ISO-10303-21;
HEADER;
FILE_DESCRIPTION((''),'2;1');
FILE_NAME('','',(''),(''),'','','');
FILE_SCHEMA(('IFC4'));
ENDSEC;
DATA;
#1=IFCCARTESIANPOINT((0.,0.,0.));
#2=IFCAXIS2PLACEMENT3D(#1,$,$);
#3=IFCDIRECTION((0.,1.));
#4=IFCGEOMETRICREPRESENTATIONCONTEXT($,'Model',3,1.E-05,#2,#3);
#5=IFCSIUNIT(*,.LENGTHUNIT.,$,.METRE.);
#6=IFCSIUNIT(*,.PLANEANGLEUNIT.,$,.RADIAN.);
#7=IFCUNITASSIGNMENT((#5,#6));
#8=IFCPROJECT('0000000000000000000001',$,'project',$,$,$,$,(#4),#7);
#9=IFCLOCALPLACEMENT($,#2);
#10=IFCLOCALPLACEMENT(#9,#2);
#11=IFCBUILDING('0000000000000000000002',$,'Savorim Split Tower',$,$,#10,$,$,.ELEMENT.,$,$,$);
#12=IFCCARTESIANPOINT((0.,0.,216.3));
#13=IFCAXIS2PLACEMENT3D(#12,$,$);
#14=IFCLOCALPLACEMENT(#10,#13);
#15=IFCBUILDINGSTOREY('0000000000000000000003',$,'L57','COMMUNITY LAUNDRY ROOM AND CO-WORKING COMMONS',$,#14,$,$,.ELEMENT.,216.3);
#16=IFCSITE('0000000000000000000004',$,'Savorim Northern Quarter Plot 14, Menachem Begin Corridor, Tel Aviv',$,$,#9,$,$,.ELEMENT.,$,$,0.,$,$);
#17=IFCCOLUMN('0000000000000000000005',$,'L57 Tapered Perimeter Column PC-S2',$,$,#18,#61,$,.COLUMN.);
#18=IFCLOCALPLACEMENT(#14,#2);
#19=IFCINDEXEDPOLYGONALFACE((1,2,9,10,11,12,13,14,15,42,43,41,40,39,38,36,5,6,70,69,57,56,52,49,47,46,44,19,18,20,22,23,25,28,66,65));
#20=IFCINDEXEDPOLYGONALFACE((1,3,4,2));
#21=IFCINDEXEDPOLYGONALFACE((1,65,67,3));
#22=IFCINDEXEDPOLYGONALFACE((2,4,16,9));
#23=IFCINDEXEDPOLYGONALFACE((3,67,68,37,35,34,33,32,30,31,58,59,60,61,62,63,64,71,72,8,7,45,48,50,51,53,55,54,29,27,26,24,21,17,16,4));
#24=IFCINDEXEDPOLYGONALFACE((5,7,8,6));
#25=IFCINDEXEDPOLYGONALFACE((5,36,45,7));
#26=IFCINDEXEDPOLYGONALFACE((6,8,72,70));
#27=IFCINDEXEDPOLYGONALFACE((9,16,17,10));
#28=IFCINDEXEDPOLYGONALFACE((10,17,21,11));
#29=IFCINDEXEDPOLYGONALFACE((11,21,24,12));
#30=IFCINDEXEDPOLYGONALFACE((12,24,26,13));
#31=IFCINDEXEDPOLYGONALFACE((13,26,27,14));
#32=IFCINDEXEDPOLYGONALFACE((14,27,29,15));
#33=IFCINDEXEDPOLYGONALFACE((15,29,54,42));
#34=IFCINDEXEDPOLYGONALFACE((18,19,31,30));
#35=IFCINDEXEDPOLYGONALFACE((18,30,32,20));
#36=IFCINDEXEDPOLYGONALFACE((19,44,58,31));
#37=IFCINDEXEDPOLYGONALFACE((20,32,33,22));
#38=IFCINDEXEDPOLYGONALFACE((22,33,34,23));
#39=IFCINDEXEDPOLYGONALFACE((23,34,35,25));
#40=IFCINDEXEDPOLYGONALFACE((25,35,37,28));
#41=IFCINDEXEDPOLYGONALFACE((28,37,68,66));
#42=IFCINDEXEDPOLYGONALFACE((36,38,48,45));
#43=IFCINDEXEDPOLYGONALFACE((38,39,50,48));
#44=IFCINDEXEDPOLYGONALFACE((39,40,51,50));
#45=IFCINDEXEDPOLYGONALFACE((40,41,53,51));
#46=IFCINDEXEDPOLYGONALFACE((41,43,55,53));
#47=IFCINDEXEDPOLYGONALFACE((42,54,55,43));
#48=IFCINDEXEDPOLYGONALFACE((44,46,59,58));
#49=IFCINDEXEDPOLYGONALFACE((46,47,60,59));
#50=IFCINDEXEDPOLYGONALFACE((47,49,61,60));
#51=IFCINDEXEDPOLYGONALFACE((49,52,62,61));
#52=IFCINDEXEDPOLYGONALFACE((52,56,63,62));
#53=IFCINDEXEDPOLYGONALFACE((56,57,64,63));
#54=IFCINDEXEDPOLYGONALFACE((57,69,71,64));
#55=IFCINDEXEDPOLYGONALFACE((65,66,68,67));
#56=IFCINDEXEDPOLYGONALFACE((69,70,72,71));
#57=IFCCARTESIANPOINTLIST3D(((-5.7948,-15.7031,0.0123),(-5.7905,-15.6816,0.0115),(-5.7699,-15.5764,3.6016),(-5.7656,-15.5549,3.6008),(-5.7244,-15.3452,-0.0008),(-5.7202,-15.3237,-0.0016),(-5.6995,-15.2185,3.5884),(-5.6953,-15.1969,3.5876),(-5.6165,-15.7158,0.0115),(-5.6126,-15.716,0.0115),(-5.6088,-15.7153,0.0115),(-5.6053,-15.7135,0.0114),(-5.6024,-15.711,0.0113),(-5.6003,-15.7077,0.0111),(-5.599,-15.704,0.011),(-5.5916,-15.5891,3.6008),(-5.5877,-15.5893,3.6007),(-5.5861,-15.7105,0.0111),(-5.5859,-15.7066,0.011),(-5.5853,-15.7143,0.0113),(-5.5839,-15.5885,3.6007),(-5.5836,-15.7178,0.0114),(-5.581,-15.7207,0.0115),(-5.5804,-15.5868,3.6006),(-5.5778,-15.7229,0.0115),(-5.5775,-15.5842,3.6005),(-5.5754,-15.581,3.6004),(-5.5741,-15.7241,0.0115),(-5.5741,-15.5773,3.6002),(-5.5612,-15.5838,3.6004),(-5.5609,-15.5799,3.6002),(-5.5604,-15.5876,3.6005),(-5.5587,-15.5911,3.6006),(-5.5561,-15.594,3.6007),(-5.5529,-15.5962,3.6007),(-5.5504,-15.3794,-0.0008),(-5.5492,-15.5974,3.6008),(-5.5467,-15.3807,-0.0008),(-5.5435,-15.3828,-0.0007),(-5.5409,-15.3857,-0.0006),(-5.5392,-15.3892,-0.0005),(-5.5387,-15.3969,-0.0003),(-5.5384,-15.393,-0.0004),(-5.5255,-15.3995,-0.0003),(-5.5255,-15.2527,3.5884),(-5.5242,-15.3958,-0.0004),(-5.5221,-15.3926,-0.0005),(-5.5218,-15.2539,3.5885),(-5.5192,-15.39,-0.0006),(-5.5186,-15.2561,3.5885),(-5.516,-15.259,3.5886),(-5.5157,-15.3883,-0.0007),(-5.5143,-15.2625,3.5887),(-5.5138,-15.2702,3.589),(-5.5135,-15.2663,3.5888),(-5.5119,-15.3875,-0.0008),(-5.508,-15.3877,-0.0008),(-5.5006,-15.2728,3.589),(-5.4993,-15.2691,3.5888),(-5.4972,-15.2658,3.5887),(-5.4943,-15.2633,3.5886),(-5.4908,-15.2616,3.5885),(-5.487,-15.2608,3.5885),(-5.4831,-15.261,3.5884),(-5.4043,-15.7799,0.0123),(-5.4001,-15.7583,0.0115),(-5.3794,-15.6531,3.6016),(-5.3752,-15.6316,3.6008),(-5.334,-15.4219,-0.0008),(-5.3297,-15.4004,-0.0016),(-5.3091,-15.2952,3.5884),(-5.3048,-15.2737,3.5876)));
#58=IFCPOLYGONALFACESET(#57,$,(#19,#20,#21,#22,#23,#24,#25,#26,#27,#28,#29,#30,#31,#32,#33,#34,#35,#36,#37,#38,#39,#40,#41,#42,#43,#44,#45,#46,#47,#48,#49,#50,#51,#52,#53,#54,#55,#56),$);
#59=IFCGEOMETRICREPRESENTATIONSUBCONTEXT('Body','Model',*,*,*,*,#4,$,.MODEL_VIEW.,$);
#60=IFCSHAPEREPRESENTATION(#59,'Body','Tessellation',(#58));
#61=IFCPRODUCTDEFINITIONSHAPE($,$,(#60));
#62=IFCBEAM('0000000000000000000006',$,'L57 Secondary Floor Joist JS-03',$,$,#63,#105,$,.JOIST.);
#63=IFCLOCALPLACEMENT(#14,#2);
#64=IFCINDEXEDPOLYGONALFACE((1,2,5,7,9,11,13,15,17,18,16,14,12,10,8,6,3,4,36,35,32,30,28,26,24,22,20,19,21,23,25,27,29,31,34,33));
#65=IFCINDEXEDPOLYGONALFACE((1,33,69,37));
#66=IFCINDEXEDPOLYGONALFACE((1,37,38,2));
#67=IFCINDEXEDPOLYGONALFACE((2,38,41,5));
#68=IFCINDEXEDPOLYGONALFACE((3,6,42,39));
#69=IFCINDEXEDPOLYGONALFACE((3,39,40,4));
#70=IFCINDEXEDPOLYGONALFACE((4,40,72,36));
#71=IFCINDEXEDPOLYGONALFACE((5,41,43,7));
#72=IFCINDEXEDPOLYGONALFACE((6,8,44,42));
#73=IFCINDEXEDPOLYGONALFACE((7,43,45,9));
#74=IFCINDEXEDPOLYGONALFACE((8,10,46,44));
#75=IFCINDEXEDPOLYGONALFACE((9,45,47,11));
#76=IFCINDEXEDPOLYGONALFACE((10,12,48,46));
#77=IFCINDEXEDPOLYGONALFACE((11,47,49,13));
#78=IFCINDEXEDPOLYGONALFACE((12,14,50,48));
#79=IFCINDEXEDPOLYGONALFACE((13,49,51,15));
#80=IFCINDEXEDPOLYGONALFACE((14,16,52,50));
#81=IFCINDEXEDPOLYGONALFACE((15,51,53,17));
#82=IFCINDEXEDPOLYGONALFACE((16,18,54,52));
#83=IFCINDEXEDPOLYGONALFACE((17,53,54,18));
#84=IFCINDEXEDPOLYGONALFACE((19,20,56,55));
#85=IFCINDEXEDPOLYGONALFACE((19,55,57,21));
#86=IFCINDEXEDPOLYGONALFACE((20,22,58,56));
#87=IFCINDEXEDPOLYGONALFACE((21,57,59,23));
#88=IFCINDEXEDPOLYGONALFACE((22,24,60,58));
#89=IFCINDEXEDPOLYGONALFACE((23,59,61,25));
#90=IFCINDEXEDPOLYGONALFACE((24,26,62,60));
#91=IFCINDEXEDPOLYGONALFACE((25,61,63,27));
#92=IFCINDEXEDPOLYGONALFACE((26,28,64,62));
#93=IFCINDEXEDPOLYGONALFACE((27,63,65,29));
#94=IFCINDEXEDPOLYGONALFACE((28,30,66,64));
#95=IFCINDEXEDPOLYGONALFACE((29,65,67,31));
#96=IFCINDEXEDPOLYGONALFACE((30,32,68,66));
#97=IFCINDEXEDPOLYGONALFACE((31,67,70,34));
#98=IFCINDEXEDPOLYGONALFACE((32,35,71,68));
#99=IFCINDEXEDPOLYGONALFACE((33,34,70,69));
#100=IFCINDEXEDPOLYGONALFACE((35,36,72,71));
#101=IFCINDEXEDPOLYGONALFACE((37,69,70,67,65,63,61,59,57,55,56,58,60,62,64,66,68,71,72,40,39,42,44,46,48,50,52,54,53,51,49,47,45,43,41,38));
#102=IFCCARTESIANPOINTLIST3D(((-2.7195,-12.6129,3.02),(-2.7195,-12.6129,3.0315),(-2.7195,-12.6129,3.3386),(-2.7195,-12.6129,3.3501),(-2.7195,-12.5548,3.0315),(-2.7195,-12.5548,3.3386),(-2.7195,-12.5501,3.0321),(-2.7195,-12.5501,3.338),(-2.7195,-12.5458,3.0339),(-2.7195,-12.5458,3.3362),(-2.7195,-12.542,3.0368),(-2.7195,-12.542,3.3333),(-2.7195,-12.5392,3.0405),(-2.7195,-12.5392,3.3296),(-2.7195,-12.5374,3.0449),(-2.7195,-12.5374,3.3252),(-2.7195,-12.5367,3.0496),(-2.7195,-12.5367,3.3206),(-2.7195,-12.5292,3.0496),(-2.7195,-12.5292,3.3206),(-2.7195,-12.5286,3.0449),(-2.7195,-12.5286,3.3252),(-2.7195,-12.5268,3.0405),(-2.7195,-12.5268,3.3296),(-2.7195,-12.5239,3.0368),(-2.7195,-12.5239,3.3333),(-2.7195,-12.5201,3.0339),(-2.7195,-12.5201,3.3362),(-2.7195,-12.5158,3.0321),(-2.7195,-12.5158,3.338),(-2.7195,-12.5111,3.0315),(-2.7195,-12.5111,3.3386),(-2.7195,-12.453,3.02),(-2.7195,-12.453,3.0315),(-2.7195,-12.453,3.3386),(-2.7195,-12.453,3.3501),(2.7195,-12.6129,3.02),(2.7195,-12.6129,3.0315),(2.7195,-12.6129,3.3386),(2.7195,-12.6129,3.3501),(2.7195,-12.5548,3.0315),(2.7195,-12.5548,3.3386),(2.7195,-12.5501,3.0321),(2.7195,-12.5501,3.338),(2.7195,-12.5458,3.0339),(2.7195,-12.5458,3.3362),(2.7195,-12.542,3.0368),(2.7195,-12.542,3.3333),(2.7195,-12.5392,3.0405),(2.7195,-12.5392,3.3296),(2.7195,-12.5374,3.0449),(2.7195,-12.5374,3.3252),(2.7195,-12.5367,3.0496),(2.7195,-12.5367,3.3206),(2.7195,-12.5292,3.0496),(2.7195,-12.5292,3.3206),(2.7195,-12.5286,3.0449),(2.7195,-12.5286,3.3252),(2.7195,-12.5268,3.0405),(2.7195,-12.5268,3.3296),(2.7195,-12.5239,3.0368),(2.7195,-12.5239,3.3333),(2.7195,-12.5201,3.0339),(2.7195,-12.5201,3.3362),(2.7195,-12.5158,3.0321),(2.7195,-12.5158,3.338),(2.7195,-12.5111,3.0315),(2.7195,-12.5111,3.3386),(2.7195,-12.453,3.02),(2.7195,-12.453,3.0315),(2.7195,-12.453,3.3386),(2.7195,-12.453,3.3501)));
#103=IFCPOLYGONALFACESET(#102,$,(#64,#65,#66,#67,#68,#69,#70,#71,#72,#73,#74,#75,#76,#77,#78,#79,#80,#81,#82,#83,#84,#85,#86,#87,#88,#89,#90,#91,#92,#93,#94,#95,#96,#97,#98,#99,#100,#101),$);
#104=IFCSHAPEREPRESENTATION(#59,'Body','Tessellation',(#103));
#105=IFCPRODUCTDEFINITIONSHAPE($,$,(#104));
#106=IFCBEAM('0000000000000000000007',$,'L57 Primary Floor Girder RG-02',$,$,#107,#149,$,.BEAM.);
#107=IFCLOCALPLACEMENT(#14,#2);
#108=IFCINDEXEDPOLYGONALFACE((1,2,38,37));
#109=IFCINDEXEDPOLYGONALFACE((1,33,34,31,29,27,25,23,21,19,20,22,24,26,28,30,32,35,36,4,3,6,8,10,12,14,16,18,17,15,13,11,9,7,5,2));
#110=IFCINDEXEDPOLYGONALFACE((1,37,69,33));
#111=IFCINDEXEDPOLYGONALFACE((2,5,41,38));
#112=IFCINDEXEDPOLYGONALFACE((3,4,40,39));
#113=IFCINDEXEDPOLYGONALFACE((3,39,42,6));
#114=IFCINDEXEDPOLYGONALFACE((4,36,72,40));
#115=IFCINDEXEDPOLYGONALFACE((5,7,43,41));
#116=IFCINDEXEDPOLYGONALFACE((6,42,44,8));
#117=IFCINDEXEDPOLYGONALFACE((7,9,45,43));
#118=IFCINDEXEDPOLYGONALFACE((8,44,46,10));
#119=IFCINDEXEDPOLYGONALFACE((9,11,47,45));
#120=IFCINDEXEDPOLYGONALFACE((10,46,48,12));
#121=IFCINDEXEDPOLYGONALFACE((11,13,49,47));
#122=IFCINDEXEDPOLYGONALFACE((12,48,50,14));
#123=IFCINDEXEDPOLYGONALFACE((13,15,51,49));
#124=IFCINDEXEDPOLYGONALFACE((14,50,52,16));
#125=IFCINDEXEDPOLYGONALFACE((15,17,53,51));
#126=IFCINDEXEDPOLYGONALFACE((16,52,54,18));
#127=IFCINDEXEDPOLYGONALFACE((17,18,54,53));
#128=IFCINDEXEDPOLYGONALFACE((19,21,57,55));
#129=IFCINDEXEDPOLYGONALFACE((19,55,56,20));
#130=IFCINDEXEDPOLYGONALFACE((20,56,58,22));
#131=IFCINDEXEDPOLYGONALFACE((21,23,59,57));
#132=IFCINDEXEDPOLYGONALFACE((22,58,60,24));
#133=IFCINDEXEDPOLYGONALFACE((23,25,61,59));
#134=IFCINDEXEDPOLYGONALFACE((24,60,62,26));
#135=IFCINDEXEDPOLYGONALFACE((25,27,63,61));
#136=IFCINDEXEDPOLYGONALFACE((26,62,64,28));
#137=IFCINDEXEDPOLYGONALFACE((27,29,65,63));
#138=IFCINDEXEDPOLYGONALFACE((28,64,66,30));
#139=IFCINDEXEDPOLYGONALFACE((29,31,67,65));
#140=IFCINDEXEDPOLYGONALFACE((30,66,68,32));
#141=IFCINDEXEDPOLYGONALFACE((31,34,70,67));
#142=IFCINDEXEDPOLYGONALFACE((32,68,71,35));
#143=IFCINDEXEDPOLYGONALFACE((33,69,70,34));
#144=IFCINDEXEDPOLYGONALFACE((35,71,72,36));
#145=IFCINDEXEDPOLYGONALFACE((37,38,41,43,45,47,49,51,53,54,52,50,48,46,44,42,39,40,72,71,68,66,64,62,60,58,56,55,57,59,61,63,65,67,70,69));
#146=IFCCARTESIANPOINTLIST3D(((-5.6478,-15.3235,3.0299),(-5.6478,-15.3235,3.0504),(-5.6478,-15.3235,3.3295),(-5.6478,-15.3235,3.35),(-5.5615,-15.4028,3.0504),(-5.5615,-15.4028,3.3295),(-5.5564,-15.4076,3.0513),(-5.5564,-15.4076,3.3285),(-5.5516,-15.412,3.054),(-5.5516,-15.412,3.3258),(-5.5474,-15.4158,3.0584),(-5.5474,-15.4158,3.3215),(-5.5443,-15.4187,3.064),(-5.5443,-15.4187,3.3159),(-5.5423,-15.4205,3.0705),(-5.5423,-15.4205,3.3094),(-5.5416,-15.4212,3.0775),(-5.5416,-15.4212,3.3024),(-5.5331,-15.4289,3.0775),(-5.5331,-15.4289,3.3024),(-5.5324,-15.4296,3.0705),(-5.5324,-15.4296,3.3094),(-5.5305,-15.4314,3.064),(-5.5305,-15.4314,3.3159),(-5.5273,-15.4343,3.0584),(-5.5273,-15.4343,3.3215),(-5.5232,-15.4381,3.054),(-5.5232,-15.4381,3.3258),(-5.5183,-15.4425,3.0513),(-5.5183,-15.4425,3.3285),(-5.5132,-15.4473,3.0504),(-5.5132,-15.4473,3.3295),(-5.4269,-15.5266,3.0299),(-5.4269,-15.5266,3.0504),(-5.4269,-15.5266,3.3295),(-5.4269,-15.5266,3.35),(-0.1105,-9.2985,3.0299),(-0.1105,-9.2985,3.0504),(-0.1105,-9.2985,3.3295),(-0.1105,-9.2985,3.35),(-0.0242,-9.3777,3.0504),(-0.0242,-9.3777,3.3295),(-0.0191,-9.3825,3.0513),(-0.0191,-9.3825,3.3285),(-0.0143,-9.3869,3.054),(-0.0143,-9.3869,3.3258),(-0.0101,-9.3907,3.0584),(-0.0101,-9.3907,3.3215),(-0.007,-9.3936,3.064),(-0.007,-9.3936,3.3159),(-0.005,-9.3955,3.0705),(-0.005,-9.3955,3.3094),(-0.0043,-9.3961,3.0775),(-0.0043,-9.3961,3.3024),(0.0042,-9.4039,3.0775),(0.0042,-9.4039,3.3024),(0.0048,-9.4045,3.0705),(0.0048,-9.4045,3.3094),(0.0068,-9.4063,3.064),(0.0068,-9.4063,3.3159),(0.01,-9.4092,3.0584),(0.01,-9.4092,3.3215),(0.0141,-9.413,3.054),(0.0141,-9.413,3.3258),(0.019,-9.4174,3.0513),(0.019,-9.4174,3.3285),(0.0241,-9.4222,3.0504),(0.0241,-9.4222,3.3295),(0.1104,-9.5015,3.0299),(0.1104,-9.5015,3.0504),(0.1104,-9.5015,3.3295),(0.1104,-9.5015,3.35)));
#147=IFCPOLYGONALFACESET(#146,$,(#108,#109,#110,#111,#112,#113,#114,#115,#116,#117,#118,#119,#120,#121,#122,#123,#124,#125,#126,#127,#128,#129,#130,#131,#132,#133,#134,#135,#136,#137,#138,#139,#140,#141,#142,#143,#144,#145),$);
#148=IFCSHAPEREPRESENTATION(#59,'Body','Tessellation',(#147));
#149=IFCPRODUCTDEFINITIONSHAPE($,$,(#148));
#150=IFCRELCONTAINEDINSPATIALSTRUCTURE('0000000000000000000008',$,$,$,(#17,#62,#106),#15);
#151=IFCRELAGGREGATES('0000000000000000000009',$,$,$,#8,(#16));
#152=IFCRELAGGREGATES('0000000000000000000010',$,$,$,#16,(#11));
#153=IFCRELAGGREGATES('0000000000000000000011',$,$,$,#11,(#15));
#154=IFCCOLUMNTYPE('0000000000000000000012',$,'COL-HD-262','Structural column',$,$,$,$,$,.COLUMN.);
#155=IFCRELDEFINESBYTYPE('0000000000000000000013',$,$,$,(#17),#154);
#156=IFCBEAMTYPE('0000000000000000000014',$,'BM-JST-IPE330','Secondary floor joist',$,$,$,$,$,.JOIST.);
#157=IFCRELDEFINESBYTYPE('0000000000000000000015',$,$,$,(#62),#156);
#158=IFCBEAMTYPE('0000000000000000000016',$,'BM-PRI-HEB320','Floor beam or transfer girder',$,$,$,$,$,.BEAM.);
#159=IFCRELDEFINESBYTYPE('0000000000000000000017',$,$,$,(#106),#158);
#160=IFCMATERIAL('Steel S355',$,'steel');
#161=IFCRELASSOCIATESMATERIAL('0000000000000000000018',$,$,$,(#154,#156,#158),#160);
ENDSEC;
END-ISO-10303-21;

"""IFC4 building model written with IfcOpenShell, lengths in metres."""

from ifc_helpers import new_model, si_unit, direction, frame, origin, origin_2d, place, context, subcontext, project, spatial, i_section, extrude, material, material_profile, profile_set, type_object, element, save


model = new_model("IFC4")

# Units and contexts
model_context = context("Model", 3, precision=1e-05, world=origin(), true_north=direction((0.0, 1.0)))
body_context = subcontext(model_context, "Body", "Model", "MODEL_VIEW")
ifc_project = project(units=[si_unit("LENGTHUNIT", "METRE"), si_unit("PLANEANGLEUNIT", "RADIAN")], contexts=[model_context])

# Site, building, storey
site_placement = place(None, origin())
site = spatial("IfcSite", under=ifc_project, at=site_placement, Name="Savorim Northern Quarter Plot 14, Menachem Begin Corridor, Tel Aviv", CompositionType="ELEMENT", RefElevation=0.0)
building_placement = place(site_placement, origin())
building = spatial("IfcBuilding", under=site, at=building_placement, Name="Savorim Split Tower", CompositionType="ELEMENT")
storey_placement = place(building_placement, frame((0.0, 0.0, 216.3)))
storey = spatial("IfcBuildingStorey", under=building, at=storey_placement, Name="L57", Description="COMMUNITY LAUNDRY ROOM AND CO-WORKING COMMONS", CompositionType="ELEMENT", Elevation=216.3)

# Column
ifc_material_1 = material(Name="Steel S355", Category="steel")
ifc_material_profile_1 = material_profile(ifc_material_1, i_section(OverallWidth=0.3979, OverallDepth=0.387, WebThickness=0.0134, FlangeThickness=0.022, FilletRadius=0.0149, at=origin_2d()), Name="HD 400x262")
ifc_profile_set_1 = profile_set([ifc_material_profile_1], Name="Steel S355")
column_type = type_object("IfcColumnType", Name="COL-HD-262", Description="Structural column", PredefinedType="COLUMN", material=ifc_profile_set_1)
column_placement = place(storey_placement, frame((-5.5623, -15.5518, 0.0054), z_axis=(0.006934, 0.035281, 0.999353), x_axis=(-0.98123, 0.192843, 0.0)))
element("IfcColumn", 1, at=column_placement, inside=storey, type_object=column_type, Name="L57 Tapered Perimeter Column PC-S2", PredefinedType="COLUMN", context=body_context, shape_type="SweptSolid", body=[
    extrude(i_section(OverallWidth=0.3979, OverallDepth=0.387, WebThickness=0.0134, FlangeThickness=0.022, FilletRadius=0.0149, at=origin_2d()), origin(), (0.0, 0.0, 1.0), 3.5916),
])

# Beams
ifc_material_profile_2 = material_profile(ifc_material_1, i_section(OverallWidth=0.1599, OverallDepth=0.3301, WebThickness=0.0076, FlangeThickness=0.0115, FilletRadius=0.0181, at=origin_2d()), Name="IPE 330")
ifc_profile_set_2 = profile_set([ifc_material_profile_2], Name="Steel S355")
beam_type_1 = type_object("IfcBeamType", Name="BM-JST-IPE330", Description="Secondary floor joist", PredefinedType="JOIST", material=ifc_profile_set_2)
beam_1_placement = place(storey_placement, frame((-2.7195, -12.533, 3.1851), z_axis=(1.0, 0.0, 0.0), x_axis=(0.0, 1.0, 0.0)))
element("IfcBeam", 2, at=beam_1_placement, inside=storey, type_object=beam_type_1, Name="L57 Secondary Floor Joist JS-03", PredefinedType="JOIST", context=body_context, shape_type="SweptSolid", body=[
    extrude(i_section(OverallWidth=0.1599, OverallDepth=0.3301, WebThickness=0.0076, FlangeThickness=0.0115, FilletRadius=0.0181, at=origin_2d()), origin(), (0.0, 0.0, 1.0), 5.439),
])
ifc_material_profile_3 = material_profile(ifc_material_1, i_section(OverallWidth=0.3, OverallDepth=0.3201, WebThickness=0.0115, FlangeThickness=0.0205, FilletRadius=0.0271, at=origin_2d()), Name="HEB 320")
ifc_profile_set_3 = profile_set([ifc_material_profile_3], Name="Steel S355")
beam_type_2 = type_object("IfcBeamType", Name="BM-PRI-HEB320", Description="Floor beam or transfer girder", PredefinedType="BEAM", material=ifc_profile_set_3)
beam_2_placement = place(storey_placement, frame((-5.5374, -15.425, 3.1899), z_axis=(0.676674, 0.736283, 0.0), x_axis=(-0.736283, 0.676674, 0.0)))
element("IfcBeam", 3, at=beam_2_placement, inside=storey, type_object=beam_type_2, Name="L57 Primary Floor Girder RG-02", PredefinedType="BEAM", context=body_context, shape_type="SweptSolid", body=[
    extrude(i_section(OverallWidth=0.3, OverallDepth=0.3201, WebThickness=0.0115, FlangeThickness=0.0205, FilletRadius=0.0271, at=origin_2d()), origin(), (0.0, 0.0, 1.0), 8.1831),
])

save(model, "model.ifc")
